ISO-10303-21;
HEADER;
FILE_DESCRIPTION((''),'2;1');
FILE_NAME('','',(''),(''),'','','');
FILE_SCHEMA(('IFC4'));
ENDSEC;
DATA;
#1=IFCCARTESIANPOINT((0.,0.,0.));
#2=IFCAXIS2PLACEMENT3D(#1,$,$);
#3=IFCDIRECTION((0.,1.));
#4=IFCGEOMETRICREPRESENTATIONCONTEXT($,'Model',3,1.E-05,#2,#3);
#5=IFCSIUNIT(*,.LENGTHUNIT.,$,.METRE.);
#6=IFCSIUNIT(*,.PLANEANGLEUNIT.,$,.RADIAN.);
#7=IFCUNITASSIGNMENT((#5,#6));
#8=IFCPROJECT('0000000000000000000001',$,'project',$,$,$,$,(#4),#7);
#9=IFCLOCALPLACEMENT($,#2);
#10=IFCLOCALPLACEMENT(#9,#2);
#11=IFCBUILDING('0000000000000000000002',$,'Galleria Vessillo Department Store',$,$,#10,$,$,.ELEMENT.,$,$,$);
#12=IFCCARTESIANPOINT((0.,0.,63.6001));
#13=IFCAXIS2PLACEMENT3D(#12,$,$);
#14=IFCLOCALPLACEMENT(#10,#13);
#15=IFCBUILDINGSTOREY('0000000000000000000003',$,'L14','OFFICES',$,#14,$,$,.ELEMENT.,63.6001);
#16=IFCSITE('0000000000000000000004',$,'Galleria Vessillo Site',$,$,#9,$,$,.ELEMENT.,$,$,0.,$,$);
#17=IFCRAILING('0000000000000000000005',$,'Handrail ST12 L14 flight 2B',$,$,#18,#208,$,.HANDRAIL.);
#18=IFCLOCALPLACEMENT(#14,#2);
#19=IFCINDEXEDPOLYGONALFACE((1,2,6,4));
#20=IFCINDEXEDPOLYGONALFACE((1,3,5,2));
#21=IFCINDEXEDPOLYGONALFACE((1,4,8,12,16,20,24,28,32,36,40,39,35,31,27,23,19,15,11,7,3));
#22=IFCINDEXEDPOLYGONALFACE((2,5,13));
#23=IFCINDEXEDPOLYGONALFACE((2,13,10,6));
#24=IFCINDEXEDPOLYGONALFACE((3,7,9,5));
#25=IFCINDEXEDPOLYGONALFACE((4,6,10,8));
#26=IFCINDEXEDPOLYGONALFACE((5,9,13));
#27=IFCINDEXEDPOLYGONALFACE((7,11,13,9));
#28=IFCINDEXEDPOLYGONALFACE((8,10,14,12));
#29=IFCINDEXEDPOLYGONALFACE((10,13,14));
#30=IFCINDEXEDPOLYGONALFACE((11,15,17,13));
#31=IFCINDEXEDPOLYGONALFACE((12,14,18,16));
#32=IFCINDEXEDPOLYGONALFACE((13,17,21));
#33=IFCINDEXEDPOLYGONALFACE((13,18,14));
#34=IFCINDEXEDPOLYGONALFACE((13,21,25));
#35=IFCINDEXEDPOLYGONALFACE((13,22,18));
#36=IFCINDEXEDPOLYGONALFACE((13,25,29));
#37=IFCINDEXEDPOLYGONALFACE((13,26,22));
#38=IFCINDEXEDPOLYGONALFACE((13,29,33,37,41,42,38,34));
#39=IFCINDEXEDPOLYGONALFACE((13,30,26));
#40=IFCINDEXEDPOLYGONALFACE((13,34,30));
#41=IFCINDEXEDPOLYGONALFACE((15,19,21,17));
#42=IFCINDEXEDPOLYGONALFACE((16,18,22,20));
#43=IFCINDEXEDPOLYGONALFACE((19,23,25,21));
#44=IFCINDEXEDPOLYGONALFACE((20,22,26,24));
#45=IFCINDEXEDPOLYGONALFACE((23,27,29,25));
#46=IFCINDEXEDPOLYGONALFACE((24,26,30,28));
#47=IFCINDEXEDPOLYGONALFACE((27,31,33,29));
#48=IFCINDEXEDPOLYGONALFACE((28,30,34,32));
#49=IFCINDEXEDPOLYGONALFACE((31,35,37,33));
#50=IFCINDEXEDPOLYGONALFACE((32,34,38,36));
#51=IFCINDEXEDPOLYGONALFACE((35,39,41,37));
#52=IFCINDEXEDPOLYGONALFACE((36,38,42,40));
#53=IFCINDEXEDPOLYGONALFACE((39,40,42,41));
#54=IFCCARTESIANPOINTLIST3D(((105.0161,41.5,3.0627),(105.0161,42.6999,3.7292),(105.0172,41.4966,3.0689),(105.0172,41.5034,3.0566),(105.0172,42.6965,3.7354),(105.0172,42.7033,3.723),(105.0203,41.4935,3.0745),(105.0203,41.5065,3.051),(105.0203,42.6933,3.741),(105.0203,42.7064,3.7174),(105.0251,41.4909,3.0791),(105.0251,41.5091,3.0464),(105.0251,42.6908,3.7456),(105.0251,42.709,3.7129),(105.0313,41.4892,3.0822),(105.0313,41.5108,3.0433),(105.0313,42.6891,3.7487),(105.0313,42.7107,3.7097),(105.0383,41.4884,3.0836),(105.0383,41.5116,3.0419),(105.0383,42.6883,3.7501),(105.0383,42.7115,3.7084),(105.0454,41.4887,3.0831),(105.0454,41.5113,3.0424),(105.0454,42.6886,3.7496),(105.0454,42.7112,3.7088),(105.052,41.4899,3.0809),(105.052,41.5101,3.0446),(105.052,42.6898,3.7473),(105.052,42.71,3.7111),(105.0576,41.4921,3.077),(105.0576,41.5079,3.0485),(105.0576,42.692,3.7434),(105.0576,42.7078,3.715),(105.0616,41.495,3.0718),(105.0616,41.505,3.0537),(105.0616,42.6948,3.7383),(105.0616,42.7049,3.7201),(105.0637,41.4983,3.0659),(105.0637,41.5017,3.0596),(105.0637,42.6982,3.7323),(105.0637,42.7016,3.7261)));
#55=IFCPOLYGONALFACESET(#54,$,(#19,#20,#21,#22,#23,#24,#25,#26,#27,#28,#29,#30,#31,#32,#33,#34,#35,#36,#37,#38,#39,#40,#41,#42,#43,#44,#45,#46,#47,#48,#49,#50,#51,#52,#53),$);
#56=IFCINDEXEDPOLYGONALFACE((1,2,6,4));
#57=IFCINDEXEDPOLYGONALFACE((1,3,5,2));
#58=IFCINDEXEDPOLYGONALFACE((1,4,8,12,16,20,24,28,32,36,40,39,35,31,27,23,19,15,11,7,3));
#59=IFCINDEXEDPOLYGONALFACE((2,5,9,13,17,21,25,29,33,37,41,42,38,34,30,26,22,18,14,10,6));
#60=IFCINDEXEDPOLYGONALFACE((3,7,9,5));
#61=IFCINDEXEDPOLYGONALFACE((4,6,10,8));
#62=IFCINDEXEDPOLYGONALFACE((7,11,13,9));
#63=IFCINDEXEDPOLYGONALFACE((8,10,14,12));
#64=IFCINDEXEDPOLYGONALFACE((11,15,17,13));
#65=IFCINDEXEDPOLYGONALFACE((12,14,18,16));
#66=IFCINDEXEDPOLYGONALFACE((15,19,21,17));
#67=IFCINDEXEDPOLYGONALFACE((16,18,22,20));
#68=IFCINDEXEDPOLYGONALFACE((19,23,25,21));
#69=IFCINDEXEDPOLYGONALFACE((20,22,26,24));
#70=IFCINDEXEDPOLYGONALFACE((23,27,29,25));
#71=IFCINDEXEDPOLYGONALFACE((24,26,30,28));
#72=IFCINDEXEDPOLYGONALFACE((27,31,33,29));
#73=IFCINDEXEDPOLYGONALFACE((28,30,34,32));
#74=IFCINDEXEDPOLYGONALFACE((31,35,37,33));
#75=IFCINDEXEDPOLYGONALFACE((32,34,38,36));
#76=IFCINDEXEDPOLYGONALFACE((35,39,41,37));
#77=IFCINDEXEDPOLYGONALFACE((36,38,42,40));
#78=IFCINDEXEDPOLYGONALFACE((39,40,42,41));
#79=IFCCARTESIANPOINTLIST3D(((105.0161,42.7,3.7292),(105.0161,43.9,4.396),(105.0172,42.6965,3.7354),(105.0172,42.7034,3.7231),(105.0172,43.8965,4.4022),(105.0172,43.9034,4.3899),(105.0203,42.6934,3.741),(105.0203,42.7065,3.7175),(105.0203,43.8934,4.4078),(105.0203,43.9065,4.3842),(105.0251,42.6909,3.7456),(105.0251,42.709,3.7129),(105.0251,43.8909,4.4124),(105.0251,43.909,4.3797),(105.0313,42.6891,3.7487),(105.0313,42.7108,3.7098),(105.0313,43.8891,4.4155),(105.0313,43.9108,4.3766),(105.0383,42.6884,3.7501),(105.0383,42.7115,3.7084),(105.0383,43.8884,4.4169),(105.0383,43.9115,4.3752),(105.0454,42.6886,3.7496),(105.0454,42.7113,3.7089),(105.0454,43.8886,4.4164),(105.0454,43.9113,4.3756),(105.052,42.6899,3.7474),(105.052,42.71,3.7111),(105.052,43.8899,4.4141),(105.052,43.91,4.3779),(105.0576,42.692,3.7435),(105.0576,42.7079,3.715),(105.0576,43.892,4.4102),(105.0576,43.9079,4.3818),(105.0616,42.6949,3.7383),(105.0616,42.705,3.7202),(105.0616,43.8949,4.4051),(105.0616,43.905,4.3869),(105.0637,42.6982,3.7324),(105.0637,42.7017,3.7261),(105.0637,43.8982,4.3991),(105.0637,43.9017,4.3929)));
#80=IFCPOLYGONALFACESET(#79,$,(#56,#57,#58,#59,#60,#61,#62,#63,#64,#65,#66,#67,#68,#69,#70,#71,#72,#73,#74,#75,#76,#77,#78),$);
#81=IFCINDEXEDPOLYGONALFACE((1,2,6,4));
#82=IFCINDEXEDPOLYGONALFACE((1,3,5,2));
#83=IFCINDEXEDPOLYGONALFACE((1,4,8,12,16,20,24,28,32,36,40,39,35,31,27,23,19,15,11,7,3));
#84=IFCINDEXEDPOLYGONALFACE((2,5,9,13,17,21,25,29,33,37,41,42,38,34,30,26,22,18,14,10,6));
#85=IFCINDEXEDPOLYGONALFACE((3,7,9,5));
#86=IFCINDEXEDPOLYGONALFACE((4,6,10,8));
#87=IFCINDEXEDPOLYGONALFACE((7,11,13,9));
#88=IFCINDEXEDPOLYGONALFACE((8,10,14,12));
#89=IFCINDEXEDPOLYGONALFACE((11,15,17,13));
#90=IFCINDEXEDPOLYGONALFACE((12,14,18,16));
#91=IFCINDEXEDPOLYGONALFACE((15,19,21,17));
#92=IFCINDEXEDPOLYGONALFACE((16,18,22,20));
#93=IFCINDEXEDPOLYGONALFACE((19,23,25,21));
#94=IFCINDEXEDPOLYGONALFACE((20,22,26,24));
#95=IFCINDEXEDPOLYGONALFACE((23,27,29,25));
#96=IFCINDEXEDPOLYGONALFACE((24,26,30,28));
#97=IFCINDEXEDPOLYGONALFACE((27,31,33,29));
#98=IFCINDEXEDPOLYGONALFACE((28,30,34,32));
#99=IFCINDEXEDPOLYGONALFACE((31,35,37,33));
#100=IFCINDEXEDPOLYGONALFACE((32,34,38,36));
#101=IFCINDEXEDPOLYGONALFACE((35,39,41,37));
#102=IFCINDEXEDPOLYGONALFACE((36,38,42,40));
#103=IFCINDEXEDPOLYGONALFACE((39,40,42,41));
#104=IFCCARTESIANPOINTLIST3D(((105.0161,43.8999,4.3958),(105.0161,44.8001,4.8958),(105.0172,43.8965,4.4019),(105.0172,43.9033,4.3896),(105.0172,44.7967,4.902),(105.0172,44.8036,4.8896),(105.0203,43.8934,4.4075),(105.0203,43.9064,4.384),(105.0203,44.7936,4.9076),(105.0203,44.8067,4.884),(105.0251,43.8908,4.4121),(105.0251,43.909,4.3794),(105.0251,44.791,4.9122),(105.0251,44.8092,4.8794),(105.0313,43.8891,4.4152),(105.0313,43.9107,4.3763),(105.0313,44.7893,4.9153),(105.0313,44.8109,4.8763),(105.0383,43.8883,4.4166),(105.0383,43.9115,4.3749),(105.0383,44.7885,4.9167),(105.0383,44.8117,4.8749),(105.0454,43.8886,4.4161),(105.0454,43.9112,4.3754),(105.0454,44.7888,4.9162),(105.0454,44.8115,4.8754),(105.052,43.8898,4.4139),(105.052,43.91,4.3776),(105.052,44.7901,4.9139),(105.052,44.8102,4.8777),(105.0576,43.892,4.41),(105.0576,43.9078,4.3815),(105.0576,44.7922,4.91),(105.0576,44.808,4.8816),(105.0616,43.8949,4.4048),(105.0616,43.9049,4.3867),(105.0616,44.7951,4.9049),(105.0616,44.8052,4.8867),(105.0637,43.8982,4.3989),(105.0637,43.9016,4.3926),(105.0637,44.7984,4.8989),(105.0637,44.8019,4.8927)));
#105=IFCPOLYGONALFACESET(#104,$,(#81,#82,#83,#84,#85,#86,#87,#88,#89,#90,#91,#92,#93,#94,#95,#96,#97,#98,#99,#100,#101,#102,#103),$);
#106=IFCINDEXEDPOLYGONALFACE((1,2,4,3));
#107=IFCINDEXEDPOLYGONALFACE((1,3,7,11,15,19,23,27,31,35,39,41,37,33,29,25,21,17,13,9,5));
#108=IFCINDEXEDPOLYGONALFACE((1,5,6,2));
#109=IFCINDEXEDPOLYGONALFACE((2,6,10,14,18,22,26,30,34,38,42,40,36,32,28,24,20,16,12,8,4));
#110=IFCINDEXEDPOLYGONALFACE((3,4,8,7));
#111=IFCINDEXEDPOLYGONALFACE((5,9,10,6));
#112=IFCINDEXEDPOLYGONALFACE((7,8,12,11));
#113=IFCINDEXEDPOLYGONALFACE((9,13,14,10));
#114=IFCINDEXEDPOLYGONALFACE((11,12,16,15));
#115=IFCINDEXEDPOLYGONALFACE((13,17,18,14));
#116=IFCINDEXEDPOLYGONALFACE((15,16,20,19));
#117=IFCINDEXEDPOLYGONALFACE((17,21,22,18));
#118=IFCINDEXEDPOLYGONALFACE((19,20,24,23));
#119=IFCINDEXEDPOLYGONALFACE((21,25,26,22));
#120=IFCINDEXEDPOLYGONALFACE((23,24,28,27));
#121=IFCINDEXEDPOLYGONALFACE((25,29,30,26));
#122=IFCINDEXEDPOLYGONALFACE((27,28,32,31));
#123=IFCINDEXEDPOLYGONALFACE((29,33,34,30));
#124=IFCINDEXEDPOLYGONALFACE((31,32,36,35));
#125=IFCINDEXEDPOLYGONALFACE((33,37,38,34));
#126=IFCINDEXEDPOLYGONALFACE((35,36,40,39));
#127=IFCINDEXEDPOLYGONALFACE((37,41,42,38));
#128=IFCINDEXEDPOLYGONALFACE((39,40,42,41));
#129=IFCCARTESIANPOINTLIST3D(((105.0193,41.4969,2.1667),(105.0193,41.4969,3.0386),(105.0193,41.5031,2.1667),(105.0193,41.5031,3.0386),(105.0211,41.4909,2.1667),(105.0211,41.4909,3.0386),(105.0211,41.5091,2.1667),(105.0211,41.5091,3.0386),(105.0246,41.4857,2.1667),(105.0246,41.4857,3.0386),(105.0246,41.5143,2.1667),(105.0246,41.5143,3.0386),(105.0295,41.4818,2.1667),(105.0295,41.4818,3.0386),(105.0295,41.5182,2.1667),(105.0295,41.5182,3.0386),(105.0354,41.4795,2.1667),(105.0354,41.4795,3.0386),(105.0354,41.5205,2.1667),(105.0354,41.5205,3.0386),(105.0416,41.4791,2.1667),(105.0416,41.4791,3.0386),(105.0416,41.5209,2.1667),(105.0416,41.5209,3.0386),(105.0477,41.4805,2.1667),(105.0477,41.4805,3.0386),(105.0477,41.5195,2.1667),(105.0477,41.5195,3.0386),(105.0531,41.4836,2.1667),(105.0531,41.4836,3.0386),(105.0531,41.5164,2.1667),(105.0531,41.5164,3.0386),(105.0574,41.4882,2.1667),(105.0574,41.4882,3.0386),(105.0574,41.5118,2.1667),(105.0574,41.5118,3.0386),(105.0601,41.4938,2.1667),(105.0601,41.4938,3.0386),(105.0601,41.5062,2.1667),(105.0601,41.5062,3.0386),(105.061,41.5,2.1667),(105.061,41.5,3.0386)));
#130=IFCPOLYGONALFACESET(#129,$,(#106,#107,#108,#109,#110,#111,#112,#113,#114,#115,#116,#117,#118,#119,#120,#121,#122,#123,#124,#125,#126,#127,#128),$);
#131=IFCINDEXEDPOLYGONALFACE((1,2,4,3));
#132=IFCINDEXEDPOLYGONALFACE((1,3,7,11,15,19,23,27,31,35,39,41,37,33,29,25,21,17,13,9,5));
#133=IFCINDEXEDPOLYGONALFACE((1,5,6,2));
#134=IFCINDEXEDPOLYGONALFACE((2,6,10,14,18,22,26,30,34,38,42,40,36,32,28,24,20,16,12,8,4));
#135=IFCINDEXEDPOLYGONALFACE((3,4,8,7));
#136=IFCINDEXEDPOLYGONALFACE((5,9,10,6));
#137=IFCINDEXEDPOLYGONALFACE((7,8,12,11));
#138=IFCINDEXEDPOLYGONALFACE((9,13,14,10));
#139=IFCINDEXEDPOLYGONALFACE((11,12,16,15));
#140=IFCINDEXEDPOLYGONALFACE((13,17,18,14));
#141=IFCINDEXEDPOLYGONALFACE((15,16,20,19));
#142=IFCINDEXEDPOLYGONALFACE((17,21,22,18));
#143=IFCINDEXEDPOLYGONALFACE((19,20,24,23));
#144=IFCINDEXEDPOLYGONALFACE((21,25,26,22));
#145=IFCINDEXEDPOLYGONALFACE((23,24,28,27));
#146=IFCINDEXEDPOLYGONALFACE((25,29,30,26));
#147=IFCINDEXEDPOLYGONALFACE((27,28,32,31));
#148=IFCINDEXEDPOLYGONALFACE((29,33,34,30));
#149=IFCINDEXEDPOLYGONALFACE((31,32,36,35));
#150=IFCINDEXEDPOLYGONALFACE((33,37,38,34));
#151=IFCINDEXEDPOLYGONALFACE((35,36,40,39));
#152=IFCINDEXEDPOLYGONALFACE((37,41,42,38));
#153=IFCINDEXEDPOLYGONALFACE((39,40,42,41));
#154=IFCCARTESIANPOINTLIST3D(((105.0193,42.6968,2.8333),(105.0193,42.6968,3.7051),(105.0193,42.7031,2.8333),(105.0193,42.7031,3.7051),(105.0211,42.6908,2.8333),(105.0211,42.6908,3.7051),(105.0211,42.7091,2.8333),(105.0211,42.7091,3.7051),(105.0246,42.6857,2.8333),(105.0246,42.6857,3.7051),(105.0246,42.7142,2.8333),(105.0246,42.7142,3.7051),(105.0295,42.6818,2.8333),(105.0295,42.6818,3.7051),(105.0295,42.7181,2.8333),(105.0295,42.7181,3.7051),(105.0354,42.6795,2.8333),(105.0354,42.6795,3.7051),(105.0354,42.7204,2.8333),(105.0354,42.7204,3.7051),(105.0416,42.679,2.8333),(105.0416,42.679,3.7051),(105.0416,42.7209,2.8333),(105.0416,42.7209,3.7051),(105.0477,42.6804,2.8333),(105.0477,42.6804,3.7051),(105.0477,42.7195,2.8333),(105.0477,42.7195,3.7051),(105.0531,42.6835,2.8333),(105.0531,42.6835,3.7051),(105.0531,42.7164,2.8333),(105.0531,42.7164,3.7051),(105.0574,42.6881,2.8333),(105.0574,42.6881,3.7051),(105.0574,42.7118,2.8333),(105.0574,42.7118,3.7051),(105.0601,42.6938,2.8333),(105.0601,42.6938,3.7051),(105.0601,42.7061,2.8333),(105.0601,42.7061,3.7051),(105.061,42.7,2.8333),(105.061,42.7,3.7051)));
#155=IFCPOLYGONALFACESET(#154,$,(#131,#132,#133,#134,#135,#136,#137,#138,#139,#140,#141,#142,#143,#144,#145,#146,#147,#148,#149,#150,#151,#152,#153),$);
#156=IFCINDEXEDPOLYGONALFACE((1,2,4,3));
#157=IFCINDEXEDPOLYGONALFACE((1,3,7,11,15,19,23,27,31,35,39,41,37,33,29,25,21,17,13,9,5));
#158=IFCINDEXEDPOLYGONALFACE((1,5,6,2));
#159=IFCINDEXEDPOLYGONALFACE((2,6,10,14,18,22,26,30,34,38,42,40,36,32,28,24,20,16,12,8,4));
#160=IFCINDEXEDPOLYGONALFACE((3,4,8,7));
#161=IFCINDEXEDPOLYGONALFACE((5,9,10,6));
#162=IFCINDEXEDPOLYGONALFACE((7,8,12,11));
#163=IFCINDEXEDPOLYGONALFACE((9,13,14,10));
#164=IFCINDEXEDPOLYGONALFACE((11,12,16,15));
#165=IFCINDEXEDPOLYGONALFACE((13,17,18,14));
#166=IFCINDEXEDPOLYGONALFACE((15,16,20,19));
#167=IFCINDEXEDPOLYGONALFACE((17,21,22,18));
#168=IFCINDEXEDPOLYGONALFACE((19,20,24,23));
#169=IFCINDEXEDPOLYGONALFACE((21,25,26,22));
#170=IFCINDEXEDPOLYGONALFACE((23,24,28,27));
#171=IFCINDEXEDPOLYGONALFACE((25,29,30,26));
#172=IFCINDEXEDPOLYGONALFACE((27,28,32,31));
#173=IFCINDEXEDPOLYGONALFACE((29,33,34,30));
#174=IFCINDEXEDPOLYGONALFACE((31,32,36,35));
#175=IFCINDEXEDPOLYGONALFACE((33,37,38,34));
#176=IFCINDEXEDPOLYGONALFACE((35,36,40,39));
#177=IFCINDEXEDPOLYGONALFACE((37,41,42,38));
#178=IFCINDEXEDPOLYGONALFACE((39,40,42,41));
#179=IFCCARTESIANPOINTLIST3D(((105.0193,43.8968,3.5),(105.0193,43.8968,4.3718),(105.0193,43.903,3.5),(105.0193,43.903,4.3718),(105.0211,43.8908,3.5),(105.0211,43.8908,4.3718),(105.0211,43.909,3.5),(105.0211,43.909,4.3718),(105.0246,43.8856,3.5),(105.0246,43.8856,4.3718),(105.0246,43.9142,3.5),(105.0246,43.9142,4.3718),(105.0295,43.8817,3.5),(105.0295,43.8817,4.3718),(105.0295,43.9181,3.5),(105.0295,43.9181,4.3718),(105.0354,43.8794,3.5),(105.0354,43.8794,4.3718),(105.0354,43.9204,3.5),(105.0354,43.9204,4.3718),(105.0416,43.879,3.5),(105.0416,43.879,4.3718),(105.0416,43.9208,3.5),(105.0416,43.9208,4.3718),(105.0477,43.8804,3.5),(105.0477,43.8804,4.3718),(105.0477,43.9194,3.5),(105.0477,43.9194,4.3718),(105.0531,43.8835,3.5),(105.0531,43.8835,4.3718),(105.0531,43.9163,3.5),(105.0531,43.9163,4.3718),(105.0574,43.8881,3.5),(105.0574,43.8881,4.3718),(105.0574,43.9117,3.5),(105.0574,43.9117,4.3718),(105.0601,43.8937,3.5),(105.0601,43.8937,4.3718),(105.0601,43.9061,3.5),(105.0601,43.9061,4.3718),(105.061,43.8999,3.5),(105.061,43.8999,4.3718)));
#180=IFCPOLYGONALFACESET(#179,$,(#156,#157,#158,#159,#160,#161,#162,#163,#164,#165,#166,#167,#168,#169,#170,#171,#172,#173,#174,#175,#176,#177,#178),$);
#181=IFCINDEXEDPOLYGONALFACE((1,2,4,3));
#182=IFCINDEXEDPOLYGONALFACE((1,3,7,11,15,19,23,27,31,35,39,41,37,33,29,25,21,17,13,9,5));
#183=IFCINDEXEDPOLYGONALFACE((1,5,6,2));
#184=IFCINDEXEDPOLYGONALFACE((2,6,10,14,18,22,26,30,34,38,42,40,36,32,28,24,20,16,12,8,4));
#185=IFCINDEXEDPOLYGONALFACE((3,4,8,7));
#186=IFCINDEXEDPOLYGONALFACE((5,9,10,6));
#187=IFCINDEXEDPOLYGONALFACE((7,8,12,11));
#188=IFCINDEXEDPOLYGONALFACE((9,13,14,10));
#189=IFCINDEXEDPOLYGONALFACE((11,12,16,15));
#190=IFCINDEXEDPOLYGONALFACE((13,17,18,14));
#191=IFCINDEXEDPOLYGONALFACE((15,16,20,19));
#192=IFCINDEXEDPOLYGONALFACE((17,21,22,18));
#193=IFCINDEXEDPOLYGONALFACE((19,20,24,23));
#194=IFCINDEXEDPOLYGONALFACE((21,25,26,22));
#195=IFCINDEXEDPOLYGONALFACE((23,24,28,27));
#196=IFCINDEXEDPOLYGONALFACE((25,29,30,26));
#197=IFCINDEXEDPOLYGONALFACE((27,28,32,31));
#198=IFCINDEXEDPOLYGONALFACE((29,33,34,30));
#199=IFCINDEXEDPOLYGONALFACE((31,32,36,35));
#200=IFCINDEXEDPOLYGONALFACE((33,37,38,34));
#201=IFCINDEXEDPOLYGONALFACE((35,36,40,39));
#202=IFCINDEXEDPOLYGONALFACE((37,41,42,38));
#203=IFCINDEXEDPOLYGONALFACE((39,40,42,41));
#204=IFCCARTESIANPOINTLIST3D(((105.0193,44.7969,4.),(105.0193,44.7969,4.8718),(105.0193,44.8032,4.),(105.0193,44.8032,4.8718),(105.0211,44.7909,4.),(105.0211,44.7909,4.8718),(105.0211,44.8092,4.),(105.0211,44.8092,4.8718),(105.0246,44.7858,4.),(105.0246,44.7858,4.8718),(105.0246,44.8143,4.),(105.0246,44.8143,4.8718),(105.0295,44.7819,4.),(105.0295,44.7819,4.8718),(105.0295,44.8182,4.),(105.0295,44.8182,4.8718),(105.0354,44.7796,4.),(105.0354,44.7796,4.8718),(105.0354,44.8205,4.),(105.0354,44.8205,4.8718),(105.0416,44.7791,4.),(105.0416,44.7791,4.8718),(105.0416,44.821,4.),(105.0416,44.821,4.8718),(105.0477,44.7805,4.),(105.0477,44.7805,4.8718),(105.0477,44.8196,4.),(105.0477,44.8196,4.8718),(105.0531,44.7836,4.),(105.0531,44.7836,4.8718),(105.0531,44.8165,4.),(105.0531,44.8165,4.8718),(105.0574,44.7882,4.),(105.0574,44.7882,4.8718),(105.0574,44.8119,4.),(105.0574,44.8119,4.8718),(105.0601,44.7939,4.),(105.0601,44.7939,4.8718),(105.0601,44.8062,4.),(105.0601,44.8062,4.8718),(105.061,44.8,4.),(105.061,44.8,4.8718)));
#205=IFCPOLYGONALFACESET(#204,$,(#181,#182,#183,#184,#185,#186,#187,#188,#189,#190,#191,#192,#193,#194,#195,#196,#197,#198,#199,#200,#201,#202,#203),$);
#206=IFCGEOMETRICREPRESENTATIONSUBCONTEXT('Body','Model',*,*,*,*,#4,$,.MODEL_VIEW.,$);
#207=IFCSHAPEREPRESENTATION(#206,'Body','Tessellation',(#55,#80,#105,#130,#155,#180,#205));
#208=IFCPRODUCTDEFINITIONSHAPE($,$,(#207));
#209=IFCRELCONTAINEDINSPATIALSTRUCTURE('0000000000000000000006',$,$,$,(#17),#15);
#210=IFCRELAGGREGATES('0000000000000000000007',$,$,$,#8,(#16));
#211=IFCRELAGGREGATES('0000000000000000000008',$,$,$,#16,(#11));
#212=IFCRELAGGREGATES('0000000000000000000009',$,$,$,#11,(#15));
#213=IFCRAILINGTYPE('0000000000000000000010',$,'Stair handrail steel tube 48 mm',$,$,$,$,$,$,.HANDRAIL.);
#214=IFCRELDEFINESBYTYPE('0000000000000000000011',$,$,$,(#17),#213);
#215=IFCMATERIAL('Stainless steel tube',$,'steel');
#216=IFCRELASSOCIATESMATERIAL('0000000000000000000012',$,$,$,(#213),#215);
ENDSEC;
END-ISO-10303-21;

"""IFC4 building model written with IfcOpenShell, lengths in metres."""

from ifc_helpers import new_model, si_unit, direction, frame, origin, origin_2d, place, context, subcontext, project, spatial, circle, extrude, material, type_object, element, save


model = new_model("IFC4")

# Units and contexts
model_context = context("Model", 3, precision=1e-05, world=origin(), true_north=direction((0.0, 1.0)))
body_context = subcontext(model_context, "Body", "Model", "MODEL_VIEW")
ifc_project = project(units=[si_unit("LENGTHUNIT", "METRE"), si_unit("PLANEANGLEUNIT", "RADIAN")], contexts=[model_context])

# Site, building, storey
site_placement = place(None, origin())
site = spatial("IfcSite", under=ifc_project, at=site_placement, Name="Galleria Vessillo Site", CompositionType="ELEMENT", RefElevation=0.0)
building_placement = place(site_placement, origin())
building = spatial("IfcBuilding", under=site, at=building_placement, Name="Galleria Vessillo Department Store", CompositionType="ELEMENT")
storey_placement = place(building_placement, frame((0.0, 0.0, 63.6001)))
storey = spatial("IfcBuildingStorey", under=building, at=storey_placement, Name="L14", Description="OFFICES", CompositionType="ELEMENT", Elevation=63.6001)

# Railing
ifc_material_1 = material(Name="Stainless steel tube", Category="steel")
railing_type = type_object("IfcRailingType", Name="Stair handrail steel tube 48 mm", PredefinedType="HANDRAIL", material=ifc_material_1)
for number, where, name in (
    (1, (105.04, 41.5, 2.1667), "Handrail ST12 L14 flight 2B"),
):
    element("IfcRailing", number, at=place(storey_placement, frame(where)), inside=storey, type_object=railing_type, Name=name, PredefinedType="HANDRAIL", context=body_context, shape_type="SweptSolid", body=[
        extrude(circle(Radius=0.0239, at=origin_2d()), frame((0.0, 0.0, 0.896), z_axis=(0.0, 0.874199, 0.485567), x_axis=(-1.0, 0.0, 0.0)), (0.0, 0.0, 1.0), 1.3726),
        extrude(circle(Radius=0.0239, at=origin_2d()), frame((0.0, 1.2, 1.5625), z_axis=(0.0, 0.874124, 0.485703), x_axis=(-1.0, 0.0, 0.0)), (0.0, 0.0, 1.0), 1.3728),
        extrude(circle(Radius=0.0239, at=origin_2d()), frame((0.0, 2.3999, 2.229), z_axis=(0.0, 0.874191, 0.485583), x_axis=(-1.0, 0.0, 0.0)), (0.0, 0.0, 1.0), 1.0298),
        extrude(circle(Radius=0.021, at=origin_2d()), origin(), (0.0, 0.0, 1.0), 0.8718),
        extrude(circle(Radius=0.021, at=origin_2d()), frame((0.0, 1.2, 0.6665)), (0.0, 0.0, 1.0), 0.8718),
        extrude(circle(Radius=0.021, at=origin_2d()), frame((0.0, 2.3999, 1.3333)), (0.0, 0.0, 1.0), 0.8718),
        extrude(circle(Radius=0.021, at=origin_2d()), frame((0.0, 3.3, 1.8333)), (0.0, 0.0, 1.0), 0.8718),
    ])

save(model, "model.ifc")
